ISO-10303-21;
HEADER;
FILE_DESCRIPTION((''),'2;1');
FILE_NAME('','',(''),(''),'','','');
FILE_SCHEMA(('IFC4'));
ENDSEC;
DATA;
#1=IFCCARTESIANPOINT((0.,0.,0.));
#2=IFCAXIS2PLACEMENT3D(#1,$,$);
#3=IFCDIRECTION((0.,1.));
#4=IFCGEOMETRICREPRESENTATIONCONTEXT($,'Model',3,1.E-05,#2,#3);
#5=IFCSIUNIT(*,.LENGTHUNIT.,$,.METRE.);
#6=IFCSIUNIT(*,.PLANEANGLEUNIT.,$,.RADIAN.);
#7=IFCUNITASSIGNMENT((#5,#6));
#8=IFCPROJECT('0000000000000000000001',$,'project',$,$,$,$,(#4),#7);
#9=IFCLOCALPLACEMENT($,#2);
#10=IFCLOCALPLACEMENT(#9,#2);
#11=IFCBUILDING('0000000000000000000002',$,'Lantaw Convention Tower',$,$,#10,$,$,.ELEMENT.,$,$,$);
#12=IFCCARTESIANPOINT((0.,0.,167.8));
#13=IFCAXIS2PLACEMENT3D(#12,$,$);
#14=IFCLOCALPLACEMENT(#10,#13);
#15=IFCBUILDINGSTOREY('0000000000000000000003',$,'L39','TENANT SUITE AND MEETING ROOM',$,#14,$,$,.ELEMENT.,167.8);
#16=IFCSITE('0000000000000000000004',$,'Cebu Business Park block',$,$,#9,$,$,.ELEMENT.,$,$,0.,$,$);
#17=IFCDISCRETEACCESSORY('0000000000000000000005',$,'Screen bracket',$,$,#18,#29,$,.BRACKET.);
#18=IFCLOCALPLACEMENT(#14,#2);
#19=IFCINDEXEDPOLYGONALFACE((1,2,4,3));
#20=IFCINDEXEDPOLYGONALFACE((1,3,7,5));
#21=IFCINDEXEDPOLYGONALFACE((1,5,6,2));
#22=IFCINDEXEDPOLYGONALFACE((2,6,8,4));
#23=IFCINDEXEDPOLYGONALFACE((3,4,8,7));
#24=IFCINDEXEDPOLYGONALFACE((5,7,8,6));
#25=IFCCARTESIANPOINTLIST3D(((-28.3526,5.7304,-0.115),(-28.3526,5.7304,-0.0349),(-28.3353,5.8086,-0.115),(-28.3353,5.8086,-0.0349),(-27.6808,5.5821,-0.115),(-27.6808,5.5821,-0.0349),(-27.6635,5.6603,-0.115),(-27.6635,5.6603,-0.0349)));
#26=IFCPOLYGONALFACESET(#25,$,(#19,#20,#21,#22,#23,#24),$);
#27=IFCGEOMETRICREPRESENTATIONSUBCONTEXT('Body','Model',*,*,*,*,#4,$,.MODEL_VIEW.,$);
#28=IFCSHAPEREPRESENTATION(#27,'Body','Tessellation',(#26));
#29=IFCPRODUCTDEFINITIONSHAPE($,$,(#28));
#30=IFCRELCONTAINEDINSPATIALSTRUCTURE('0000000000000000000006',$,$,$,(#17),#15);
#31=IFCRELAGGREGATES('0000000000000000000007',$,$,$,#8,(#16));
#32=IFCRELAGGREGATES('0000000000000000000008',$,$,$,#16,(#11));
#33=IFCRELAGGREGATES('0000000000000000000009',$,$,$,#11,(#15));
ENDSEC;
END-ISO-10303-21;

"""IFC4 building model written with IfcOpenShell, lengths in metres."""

from ifc_helpers import new_model, si_unit, direction, frame, origin, origin_2d, place, context, subcontext, project, spatial, rectangle, extrude, element, save


model = new_model("IFC4")

# Units and contexts
model_context = context("Model", 3, precision=1e-05, world=origin(), true_north=direction((0.0, 1.0)))
body_context = subcontext(model_context, "Body", "Model", "MODEL_VIEW")
ifc_project = project(units=[si_unit("LENGTHUNIT", "METRE"), si_unit("PLANEANGLEUNIT", "RADIAN")], contexts=[model_context])

# Site, building, storey
site_placement = place(None, origin())
site = spatial("IfcSite", under=ifc_project, at=site_placement, Name="Cebu Business Park block", CompositionType="ELEMENT", RefElevation=0.0)
building_placement = place(site_placement, origin())
building = spatial("IfcBuilding", under=site, at=building_placement, Name="Lantaw Convention Tower", CompositionType="ELEMENT")
storey_placement = place(building_placement, frame((0.0, 0.0, 167.8)))
storey = spatial("IfcBuildingStorey", under=building, at=storey_placement, Name="L39", Description="TENANT SUITE AND MEETING ROOM", CompositionType="ELEMENT", Elevation=167.8)

# Discrete accessory
discrete_accessory_placement = place(storey_placement, frame((-28.0081, 5.6953, -0.115), z_axis=(0.0, 0.0, 1.0), x_axis=(-0.215546, -0.976494, 0.0)))
element("IfcDiscreteAccessory", 1, at=discrete_accessory_placement, inside=storey, Name="Screen bracket", PredefinedType="BRACKET", context=body_context, shape_type="SweptSolid", body=[
    extrude(rectangle(XDim=0.0801, YDim=0.688, at=origin_2d()), origin(), (0.0, 0.0, 1.0), 0.0801),
])

save(model, "model.ifc")
